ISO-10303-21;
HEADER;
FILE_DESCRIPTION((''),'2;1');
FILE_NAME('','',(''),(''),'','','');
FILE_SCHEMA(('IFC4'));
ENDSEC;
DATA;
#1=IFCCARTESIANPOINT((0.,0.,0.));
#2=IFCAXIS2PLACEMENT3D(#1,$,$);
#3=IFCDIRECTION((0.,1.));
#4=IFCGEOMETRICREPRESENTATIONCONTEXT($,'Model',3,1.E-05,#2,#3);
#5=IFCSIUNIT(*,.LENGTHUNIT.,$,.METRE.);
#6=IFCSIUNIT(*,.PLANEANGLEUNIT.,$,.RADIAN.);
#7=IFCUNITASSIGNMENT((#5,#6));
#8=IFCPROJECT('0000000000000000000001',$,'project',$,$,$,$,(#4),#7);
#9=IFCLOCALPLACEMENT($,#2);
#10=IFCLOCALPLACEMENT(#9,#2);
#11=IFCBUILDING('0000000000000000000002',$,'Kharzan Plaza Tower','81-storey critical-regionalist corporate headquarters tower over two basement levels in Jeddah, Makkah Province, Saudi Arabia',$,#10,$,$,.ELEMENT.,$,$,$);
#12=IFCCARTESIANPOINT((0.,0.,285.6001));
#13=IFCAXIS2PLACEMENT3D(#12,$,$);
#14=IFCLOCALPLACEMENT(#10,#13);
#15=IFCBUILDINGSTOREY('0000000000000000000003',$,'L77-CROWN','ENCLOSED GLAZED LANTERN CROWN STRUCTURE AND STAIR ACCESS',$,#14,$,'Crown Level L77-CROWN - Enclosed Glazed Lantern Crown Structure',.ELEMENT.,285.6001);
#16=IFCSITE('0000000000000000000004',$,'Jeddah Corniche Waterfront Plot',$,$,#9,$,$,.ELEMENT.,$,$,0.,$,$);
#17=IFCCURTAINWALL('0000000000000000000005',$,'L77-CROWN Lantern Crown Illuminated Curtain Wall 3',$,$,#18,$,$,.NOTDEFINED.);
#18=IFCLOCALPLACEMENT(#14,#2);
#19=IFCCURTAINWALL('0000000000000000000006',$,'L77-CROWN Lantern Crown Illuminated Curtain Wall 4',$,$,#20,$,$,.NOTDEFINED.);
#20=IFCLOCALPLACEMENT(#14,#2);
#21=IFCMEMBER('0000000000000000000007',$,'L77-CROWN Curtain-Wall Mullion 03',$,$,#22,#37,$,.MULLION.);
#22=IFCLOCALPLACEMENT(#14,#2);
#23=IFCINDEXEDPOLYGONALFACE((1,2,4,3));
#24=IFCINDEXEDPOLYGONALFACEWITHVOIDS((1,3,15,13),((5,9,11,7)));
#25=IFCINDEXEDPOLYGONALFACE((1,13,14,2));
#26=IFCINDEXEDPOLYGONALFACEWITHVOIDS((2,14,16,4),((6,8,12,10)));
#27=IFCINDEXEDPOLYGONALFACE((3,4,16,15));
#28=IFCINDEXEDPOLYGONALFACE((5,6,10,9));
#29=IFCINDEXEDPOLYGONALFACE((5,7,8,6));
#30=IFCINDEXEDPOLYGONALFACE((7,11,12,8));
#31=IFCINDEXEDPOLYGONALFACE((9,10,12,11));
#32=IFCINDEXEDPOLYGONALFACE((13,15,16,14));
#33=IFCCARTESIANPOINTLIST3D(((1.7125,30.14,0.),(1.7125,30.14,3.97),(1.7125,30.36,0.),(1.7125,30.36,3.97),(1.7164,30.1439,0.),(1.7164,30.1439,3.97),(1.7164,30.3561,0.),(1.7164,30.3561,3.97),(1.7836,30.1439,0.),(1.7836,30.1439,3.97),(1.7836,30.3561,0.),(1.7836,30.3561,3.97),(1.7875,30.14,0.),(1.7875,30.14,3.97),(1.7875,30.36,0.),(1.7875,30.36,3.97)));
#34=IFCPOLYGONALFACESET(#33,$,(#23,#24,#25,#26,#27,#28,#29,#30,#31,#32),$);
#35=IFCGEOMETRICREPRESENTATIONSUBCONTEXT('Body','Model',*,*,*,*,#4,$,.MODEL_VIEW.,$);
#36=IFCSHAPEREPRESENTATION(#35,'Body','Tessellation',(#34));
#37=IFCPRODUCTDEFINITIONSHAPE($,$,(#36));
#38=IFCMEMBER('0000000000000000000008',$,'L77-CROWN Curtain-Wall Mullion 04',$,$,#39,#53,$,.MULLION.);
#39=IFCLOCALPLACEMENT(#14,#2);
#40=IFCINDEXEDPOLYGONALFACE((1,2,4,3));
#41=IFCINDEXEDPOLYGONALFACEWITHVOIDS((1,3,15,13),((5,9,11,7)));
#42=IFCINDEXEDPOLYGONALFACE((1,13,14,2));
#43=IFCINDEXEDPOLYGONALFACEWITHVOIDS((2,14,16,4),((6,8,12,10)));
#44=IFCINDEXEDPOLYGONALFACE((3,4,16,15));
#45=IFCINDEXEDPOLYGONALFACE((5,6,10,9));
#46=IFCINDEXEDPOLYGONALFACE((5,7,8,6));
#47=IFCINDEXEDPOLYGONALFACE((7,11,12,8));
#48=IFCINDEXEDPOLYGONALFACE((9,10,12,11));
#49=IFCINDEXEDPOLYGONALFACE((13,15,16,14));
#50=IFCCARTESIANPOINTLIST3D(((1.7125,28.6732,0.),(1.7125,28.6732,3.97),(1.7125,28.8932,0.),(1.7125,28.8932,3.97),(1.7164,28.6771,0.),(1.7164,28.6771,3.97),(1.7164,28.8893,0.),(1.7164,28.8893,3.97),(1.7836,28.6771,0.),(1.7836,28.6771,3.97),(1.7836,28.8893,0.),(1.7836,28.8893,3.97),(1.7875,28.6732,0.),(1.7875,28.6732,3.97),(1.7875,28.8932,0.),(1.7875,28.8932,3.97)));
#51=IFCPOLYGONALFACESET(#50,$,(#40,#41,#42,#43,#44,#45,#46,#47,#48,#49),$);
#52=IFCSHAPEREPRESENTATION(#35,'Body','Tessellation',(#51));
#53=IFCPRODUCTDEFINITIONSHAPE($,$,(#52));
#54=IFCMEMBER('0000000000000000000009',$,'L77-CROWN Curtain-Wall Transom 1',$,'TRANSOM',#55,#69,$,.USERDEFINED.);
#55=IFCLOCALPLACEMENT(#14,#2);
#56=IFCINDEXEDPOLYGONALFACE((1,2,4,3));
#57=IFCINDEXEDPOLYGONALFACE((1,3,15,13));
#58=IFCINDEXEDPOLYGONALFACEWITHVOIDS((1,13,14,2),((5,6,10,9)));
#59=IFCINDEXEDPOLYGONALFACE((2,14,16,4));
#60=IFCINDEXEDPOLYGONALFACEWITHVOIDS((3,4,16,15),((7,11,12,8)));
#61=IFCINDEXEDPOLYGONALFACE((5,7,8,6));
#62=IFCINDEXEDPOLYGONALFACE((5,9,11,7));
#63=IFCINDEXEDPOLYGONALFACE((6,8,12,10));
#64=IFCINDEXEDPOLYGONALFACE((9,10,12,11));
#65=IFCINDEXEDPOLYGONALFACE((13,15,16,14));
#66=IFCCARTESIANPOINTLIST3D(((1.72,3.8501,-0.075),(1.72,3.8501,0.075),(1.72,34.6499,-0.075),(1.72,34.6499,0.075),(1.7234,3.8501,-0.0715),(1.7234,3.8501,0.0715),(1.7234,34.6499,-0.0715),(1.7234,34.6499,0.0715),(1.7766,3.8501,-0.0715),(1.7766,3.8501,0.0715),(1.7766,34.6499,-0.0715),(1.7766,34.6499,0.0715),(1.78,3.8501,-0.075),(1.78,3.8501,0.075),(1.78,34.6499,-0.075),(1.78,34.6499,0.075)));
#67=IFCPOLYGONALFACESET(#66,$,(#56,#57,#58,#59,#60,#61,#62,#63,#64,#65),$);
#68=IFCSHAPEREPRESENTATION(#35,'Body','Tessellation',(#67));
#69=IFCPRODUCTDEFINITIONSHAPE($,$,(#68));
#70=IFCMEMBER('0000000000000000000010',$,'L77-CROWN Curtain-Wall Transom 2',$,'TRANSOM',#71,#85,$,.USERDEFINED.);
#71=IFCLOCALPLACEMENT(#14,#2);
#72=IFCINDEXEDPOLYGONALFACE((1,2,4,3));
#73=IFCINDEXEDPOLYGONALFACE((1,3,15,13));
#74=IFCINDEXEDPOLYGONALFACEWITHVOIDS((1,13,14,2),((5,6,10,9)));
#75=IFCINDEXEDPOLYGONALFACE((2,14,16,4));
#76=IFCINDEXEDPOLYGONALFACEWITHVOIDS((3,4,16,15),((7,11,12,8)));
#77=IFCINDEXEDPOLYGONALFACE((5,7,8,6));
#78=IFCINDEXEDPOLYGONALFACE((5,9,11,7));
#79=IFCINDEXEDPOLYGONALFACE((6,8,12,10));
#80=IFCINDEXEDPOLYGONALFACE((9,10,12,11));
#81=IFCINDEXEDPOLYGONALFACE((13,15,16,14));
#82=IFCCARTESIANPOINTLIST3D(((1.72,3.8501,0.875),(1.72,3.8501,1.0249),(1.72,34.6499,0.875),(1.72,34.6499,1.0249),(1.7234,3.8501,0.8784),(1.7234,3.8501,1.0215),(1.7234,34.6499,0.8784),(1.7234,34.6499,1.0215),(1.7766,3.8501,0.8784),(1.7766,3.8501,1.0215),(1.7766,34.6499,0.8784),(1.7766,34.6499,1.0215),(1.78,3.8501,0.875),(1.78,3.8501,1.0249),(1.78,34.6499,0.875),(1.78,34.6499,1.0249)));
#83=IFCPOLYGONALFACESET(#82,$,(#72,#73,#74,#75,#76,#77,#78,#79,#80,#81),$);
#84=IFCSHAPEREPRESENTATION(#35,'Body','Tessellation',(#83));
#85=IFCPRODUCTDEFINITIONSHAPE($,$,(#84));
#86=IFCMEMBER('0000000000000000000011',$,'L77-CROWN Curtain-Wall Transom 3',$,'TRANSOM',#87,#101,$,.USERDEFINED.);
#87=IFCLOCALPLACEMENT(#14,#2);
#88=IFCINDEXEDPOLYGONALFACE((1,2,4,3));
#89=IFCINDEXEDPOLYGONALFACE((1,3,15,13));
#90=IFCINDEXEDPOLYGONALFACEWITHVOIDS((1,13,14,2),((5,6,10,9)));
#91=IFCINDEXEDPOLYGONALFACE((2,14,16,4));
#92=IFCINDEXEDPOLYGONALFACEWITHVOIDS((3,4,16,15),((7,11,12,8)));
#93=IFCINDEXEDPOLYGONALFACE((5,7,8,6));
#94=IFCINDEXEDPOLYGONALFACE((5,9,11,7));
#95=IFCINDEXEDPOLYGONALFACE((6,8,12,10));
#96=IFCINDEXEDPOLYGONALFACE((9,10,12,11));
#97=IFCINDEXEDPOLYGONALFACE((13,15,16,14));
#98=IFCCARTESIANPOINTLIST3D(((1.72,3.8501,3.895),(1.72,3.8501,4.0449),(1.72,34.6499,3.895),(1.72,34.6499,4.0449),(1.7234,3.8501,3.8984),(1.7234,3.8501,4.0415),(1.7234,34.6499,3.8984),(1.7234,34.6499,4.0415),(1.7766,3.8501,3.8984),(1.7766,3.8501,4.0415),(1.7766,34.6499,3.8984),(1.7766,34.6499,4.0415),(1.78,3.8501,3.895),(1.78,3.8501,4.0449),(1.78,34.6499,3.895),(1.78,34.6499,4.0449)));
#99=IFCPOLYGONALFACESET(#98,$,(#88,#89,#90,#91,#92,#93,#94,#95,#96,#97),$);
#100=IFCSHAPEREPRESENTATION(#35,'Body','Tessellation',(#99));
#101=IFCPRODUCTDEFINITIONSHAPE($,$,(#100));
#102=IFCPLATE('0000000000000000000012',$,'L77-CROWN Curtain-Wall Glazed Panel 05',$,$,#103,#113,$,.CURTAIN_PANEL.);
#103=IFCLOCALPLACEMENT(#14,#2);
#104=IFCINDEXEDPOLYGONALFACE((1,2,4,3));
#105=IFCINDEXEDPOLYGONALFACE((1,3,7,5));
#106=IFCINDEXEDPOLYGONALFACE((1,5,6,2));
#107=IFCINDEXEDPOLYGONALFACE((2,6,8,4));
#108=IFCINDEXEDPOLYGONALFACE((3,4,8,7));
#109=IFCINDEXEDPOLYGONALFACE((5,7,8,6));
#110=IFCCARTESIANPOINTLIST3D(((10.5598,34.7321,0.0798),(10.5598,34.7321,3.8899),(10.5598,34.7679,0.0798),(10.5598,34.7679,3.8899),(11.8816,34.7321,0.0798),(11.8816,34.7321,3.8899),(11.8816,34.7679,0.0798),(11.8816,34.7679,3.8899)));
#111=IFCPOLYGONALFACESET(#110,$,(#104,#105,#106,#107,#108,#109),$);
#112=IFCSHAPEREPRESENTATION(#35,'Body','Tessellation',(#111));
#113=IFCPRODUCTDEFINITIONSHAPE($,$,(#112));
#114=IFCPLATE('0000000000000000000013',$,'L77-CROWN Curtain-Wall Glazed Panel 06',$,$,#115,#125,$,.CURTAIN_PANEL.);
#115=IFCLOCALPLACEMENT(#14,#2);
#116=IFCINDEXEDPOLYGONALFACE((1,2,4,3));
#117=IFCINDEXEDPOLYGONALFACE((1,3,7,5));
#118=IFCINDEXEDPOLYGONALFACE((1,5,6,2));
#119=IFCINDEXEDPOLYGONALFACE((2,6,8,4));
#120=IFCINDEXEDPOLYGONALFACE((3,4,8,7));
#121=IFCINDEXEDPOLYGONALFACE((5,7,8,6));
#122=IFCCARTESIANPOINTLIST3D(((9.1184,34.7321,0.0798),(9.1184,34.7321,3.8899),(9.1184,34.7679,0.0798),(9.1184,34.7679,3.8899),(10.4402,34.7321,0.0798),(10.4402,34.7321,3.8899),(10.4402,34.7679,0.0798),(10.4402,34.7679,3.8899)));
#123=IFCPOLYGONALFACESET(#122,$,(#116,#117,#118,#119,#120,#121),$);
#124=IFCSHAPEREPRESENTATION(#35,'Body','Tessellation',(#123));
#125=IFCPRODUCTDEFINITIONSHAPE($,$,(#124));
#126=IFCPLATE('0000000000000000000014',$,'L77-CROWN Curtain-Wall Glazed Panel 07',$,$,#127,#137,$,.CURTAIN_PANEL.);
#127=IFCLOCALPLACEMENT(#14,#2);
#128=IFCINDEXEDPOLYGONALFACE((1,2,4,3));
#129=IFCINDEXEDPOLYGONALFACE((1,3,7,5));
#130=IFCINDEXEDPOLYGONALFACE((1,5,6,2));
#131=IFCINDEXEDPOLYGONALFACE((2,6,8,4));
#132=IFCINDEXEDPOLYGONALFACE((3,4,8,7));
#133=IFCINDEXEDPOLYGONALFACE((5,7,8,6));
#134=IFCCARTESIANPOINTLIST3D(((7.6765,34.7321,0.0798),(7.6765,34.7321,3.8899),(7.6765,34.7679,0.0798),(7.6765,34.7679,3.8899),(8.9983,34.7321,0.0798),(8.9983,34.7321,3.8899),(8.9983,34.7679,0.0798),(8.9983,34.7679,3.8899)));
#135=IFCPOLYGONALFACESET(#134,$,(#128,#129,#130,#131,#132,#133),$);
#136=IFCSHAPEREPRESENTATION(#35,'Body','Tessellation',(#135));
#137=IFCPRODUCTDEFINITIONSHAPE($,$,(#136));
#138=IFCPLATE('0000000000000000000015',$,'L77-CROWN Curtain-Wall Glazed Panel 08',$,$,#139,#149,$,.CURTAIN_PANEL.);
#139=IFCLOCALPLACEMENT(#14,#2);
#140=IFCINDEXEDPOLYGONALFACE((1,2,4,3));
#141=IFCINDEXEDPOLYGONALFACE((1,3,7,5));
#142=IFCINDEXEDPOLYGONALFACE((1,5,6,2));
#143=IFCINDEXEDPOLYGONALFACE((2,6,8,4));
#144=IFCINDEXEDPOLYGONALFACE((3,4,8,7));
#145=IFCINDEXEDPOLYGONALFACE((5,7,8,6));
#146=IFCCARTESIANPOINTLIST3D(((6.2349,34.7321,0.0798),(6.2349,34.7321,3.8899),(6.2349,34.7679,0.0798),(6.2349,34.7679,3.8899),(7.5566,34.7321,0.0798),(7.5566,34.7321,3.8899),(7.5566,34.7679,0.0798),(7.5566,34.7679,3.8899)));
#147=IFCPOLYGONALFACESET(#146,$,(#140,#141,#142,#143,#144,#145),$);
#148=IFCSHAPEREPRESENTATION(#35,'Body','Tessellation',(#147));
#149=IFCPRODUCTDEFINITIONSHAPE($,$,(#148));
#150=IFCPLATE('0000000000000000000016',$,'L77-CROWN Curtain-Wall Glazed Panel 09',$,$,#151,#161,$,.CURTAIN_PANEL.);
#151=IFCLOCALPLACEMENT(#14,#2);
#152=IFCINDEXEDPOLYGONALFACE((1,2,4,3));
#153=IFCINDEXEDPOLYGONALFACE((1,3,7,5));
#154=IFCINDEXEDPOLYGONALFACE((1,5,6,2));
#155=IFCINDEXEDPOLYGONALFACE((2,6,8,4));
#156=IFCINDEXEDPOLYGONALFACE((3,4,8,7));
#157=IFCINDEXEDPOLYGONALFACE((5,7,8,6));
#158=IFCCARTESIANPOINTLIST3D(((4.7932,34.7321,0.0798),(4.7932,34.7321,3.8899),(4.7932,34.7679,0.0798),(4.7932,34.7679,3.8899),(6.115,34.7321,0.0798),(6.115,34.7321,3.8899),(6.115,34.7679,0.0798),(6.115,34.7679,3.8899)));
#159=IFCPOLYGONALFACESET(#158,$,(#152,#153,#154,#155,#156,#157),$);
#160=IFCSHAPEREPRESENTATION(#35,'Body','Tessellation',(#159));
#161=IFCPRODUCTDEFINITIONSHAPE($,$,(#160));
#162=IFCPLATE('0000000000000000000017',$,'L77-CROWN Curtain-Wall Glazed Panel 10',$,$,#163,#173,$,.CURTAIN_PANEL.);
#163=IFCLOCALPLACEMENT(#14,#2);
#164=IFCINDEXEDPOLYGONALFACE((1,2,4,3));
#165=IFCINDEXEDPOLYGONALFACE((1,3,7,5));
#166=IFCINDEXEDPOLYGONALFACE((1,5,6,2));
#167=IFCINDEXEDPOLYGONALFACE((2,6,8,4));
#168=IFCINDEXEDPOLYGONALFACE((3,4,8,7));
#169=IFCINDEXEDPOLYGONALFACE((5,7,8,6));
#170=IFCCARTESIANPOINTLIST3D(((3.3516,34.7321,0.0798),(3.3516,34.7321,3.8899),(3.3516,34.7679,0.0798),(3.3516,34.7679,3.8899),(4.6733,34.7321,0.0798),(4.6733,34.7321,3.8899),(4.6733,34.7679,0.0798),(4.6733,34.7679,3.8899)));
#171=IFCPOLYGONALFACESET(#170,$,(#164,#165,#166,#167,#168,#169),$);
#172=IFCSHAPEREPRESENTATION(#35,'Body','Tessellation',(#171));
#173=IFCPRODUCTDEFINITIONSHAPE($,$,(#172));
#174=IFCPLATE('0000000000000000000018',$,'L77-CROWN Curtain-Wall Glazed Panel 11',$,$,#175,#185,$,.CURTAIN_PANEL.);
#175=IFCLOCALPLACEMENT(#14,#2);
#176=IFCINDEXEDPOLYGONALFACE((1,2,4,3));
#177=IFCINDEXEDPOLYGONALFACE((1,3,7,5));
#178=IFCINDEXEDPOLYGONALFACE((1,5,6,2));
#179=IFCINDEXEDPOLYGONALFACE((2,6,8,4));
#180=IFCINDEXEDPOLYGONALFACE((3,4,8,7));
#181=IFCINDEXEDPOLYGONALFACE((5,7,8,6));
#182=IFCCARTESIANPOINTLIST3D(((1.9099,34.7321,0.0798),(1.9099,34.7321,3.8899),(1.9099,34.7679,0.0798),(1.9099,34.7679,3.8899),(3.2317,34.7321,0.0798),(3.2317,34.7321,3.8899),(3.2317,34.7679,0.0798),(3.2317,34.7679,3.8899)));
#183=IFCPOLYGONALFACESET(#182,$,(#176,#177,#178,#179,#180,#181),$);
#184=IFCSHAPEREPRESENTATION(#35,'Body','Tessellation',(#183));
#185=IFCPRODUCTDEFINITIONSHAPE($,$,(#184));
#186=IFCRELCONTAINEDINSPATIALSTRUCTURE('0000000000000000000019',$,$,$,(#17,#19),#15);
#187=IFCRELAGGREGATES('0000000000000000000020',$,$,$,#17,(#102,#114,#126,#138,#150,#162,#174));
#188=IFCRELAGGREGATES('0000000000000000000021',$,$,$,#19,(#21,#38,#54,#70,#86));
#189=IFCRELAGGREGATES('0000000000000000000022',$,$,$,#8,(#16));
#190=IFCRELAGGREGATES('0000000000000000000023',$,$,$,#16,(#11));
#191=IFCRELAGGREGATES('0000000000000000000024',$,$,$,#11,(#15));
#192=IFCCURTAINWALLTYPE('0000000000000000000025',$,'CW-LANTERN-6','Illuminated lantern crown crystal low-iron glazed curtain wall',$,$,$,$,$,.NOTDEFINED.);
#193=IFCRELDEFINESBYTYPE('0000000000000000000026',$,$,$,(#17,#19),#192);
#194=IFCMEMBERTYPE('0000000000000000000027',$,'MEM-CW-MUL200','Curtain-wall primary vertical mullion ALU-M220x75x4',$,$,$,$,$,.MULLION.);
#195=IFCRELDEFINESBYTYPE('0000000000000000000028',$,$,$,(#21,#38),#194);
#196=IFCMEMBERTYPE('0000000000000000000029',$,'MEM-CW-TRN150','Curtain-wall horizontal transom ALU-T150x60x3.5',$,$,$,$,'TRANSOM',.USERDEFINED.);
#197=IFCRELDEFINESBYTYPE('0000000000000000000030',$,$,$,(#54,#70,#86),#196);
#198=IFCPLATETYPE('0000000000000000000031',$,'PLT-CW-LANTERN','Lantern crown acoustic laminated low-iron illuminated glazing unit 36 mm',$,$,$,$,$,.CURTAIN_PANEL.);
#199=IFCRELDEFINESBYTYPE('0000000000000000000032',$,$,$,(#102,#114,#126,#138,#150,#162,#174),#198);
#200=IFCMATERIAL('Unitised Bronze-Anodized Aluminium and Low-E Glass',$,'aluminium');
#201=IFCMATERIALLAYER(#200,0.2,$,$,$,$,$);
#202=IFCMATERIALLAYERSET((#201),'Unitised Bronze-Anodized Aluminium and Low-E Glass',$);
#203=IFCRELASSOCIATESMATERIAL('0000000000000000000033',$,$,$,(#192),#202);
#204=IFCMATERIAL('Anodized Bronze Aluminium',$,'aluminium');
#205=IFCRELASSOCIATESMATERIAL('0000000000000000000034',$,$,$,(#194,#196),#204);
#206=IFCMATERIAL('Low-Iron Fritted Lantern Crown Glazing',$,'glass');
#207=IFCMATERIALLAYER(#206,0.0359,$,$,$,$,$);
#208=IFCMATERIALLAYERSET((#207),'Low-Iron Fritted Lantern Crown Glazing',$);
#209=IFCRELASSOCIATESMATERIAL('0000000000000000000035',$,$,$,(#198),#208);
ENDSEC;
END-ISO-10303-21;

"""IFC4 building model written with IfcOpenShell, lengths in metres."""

from ifc_helpers import new_model, si_unit, direction, frame, origin, origin_2d, place, context, subcontext, project, spatial, rectangle, hollow_rectangle, extrude, source, transform, mapped, material, layer, layer_set, material_profile, profile_set, type_object, element, aggregate, save


model = new_model("IFC4")

# Units and contexts
model_context = context("Model", 3, precision=1e-05, world=origin(), true_north=direction((0.0, 1.0)))
body_context = subcontext(model_context, "Body", "Model", "MODEL_VIEW")
ifc_project = project(units=[si_unit("LENGTHUNIT", "METRE"), si_unit("PLANEANGLEUNIT", "RADIAN")], contexts=[model_context])

# Site, building, storey
site_placement = place(None, origin())
site = spatial("IfcSite", under=ifc_project, at=site_placement, Name="Jeddah Corniche Waterfront Plot", CompositionType="ELEMENT", RefElevation=0.0)
building_placement = place(site_placement, origin())
building = spatial("IfcBuilding", under=site, at=building_placement, Name="Kharzan Plaza Tower", Description="81-storey critical-regionalist corporate headquarters tower over two basement levels in Jeddah, Makkah Province, Saudi Arabia", CompositionType="ELEMENT")
storey_placement = place(building_placement, frame((0.0, 0.0, 285.6001)))
storey = spatial("IfcBuildingStorey", under=building, at=storey_placement, Name="L77-CROWN", Description="ENCLOSED GLAZED LANTERN CROWN STRUCTURE AND STAIR ACCESS", LongName="Crown Level L77-CROWN - Enclosed Glazed Lantern Crown Structure", CompositionType="ELEMENT", Elevation=285.6001)

# Curtain walls, members
ifc_material_1 = material(Name="Unitised Bronze-Anodized Aluminium and Low-E Glass", Category="aluminium")
ifc_layer_1 = layer(ifc_material_1, 0.2)
ifc_layer_set_1 = layer_set([ifc_layer_1], Name="Unitised Bronze-Anodized Aluminium and Low-E Glass")
curtain_wall_type = type_object("IfcCurtainWallType", Name="CW-LANTERN-6", Description="Illuminated lantern crown crystal low-iron glazed curtain wall", PredefinedType="NOTDEFINED", material=ifc_layer_set_1)
curtain_wall_1_placement = place(storey_placement, origin())
curtain_wall_1 = element("IfcCurtainWall", 1, at=curtain_wall_1_placement, inside=storey, type_object=curtain_wall_type, Name="L77-CROWN Lantern Crown Illuminated Curtain Wall 3", PredefinedType="NOTDEFINED")
ifc_material_2 = material(Name="Anodized Bronze Aluminium", Category="aluminium")
ifc_material_profile_1 = material_profile(ifc_material_2, hollow_rectangle(XDim=0.075, YDim=0.22, WallThickness=0.0039, at=origin_2d()), Name="ALU-M220x75x4")
ifc_profile_set_1 = profile_set([ifc_material_profile_1], Name="Anodized Bronze Aluminium")
member_type_1 = type_object("IfcMemberType", Name="MEM-CW-MUL200", Description="Curtain-wall primary vertical mullion ALU-M220x75x4", PredefinedType="MULLION", material=ifc_profile_set_1)
shared_shape_1 = source(origin(), body_context, "Body", "SweptSolid", [
    extrude(hollow_rectangle(XDim=0.075, YDim=0.22, WallThickness=0.0039, at=origin_2d()), origin(), (0.0, 0.0, 1.0), 3.97),
])
curtain_wall_2_placement = place(storey_placement, origin())
curtain_wall_2 = element("IfcCurtainWall", 2, at=curtain_wall_2_placement, inside=storey, type_object=curtain_wall_type, Name="L77-CROWN Lantern Crown Illuminated Curtain Wall 4", PredefinedType="NOTDEFINED")
member_1_placement = place(storey_placement, frame((1.75, 30.25, 0.0), z_axis=(0.0, 0.0, 1.0), x_axis=(1.0, 0.0, 0.0)))
member_1 = element("IfcMember", 3, at=member_1_placement, type_object=member_type_1, Name="L77-CROWN Curtain-Wall Mullion 03", PredefinedType="MULLION", context=body_context, shape_type="MappedRepresentation", body=[
    mapped(shared_shape_1, transform((0.0, 0.0, 0.0), x_axis=(1.0, 0.0, 0.0), y_axis=(0.0, 1.0, 0.0), z_axis=(0.0, 0.0, 1.0))),
])
member_2_placement = place(storey_placement, frame((1.75, 28.7832, 0.0), z_axis=(0.0, 0.0, 1.0), x_axis=(1.0, 0.0, 0.0)))
member_2 = element("IfcMember", 4, at=member_2_placement, type_object=member_type_1, Name="L77-CROWN Curtain-Wall Mullion 04", PredefinedType="MULLION", context=body_context, shape_type="MappedRepresentation", body=[
    mapped(shared_shape_1, transform((0.0, 0.0, 0.0), x_axis=(1.0, 0.0, 0.0), y_axis=(0.0, 1.0, 0.0), z_axis=(0.0, 0.0, 1.0))),
])
ifc_material_profile_2 = material_profile(ifc_material_2, hollow_rectangle(XDim=0.0601, YDim=0.1499, WallThickness=0.0034, at=origin_2d()), Name="ALU-T150x60x3.5")
ifc_profile_set_2 = profile_set([ifc_material_profile_2], Name="Anodized Bronze Aluminium")
member_type_2 = type_object("IfcMemberType", Name="MEM-CW-TRN150", Description="Curtain-wall horizontal transom ALU-T150x60x3.5", ElementType="TRANSOM", PredefinedType="USERDEFINED", material=ifc_profile_set_2)
shared_shape_2 = source(origin(), body_context, "Body", "SweptSolid", [
    extrude(hollow_rectangle(XDim=0.0601, YDim=0.1499, WallThickness=0.0034, at=origin_2d()), origin(), (0.0, 0.0, 1.0), 30.7998),
])
member_3_placement = place(storey_placement, frame((1.75, 34.6499, 0.0), z_axis=(0.0, -1.0, 0.0), x_axis=(1.0, 0.0, 0.0)))
member_3 = element("IfcMember", 5, at=member_3_placement, type_object=member_type_2, Name="L77-CROWN Curtain-Wall Transom 1", ObjectType="TRANSOM", PredefinedType="USERDEFINED", context=body_context, shape_type="MappedRepresentation", body=[
    mapped(shared_shape_2, transform((0.0, 0.0, 0.0), x_axis=(1.0, 0.0, 0.0), y_axis=(0.0, 1.0, 0.0), z_axis=(0.0, 0.0, 1.0))),
])
member_4_placement = place(storey_placement, frame((1.75, 34.6499, 0.95), z_axis=(0.0, -1.0, 0.0), x_axis=(1.0, 0.0, 0.0)))
member_4 = element("IfcMember", 6, at=member_4_placement, type_object=member_type_2, Name="L77-CROWN Curtain-Wall Transom 2", ObjectType="TRANSOM", PredefinedType="USERDEFINED", context=body_context, shape_type="MappedRepresentation", body=[
    mapped(shared_shape_2, transform((0.0, 0.0, 0.0), x_axis=(1.0, 0.0, 0.0), y_axis=(0.0, 1.0, 0.0), z_axis=(0.0, 0.0, 1.0))),
])
member_5_placement = place(storey_placement, frame((1.75, 34.6499, 3.97), z_axis=(0.0, -1.0, 0.0), x_axis=(1.0, 0.0, 0.0)))
member_5 = element("IfcMember", 7, at=member_5_placement, type_object=member_type_2, Name="L77-CROWN Curtain-Wall Transom 3", ObjectType="TRANSOM", PredefinedType="USERDEFINED", context=body_context, shape_type="MappedRepresentation", body=[
    mapped(shared_shape_2, transform((0.0, 0.0, 0.0), x_axis=(1.0, 0.0, 0.0), y_axis=(0.0, 1.0, 0.0), z_axis=(0.0, 0.0, 1.0))),
])

# Plates
ifc_material_3 = material(Name="Low-Iron Fritted Lantern Crown Glazing", Category="glass")
ifc_layer_2 = layer(ifc_material_3, 0.0359)
ifc_layer_set_2 = layer_set([ifc_layer_2], Name="Low-Iron Fritted Lantern Crown Glazing")
plate_type = type_object("IfcPlateType", Name="PLT-CW-LANTERN", Description="Lantern crown acoustic laminated low-iron illuminated glazing unit 36 mm", PredefinedType="CURTAIN_PANEL", material=ifc_layer_set_2)
shared_shape_3 = source(origin(), body_context, "Body", "SweptSolid", [
    extrude(rectangle(XDim=1.3218, YDim=0.0359, at=origin_2d()), origin(), (0.0, 0.0, 1.0), 3.8101),
])
plate_1_placement = place(storey_placement, frame((11.2207, 34.75, 0.0798), z_axis=(0.0, 0.0, 1.0), x_axis=(-1.0, 0.0, 0.0)))
plate_1 = element("IfcPlate", 8, at=plate_1_placement, type_object=plate_type, Name="L77-CROWN Curtain-Wall Glazed Panel 05", PredefinedType="CURTAIN_PANEL", context=body_context, shape_type="MappedRepresentation", body=[
    mapped(shared_shape_3, transform((0.0, 0.0, 0.0), x_axis=(1.0, 0.0, 0.0), y_axis=(0.0, 1.0, 0.0), z_axis=(0.0, 0.0, 1.0))),
])
plate_2_placement = place(storey_placement, frame((9.7793, 34.75, 0.0798), z_axis=(0.0, 0.0, 1.0), x_axis=(-1.0, 0.0, 0.0)))
plate_2 = element("IfcPlate", 9, at=plate_2_placement, type_object=plate_type, Name="L77-CROWN Curtain-Wall Glazed Panel 06", PredefinedType="CURTAIN_PANEL", context=body_context, shape_type="MappedRepresentation", body=[
    mapped(shared_shape_3, transform((0.0, 0.0, 0.0), x_axis=(1.0, 0.0, 0.0), y_axis=(0.0, 1.0, 0.0), z_axis=(0.0, 0.0, 1.0))),
])
plate_3_placement = place(storey_placement, frame((8.3374, 34.75, 0.0798), z_axis=(0.0, 0.0, 1.0), x_axis=(-1.0, 0.0, 0.0)))
plate_3 = element("IfcPlate", 10, at=plate_3_placement, type_object=plate_type, Name="L77-CROWN Curtain-Wall Glazed Panel 07", PredefinedType="CURTAIN_PANEL", context=body_context, shape_type="MappedRepresentation", body=[
    mapped(shared_shape_3, transform((0.0, 0.0, 0.0), x_axis=(1.0, 0.0, 0.0), y_axis=(0.0, 1.0, 0.0), z_axis=(0.0, 0.0, 1.0))),
])
plate_4_placement = place(storey_placement, frame((6.8958, 34.75, 0.0798), z_axis=(0.0, 0.0, 1.0), x_axis=(-1.0, 0.0, 0.0)))
plate_4 = element("IfcPlate", 11, at=plate_4_placement, type_object=plate_type, Name="L77-CROWN Curtain-Wall Glazed Panel 08", PredefinedType="CURTAIN_PANEL", context=body_context, shape_type="MappedRepresentation", body=[
    mapped(shared_shape_3, transform((0.0, 0.0, 0.0), x_axis=(1.0, 0.0, 0.0), y_axis=(0.0, 1.0, 0.0), z_axis=(0.0, 0.0, 1.0))),
])
plate_5_placement = place(storey_placement, frame((5.4541, 34.75, 0.0798), z_axis=(0.0, 0.0, 1.0), x_axis=(-1.0, 0.0, 0.0)))
plate_5 = element("IfcPlate", 12, at=plate_5_placement, type_object=plate_type, Name="L77-CROWN Curtain-Wall Glazed Panel 09", PredefinedType="CURTAIN_PANEL", context=body_context, shape_type="MappedRepresentation", body=[
    mapped(shared_shape_3, transform((0.0, 0.0, 0.0), x_axis=(1.0, 0.0, 0.0), y_axis=(0.0, 1.0, 0.0), z_axis=(0.0, 0.0, 1.0))),
])
plate_6_placement = place(storey_placement, frame((4.0125, 34.75, 0.0798), z_axis=(0.0, 0.0, 1.0), x_axis=(-1.0, 0.0, 0.0)))
plate_6 = element("IfcPlate", 13, at=plate_6_placement, type_object=plate_type, Name="L77-CROWN Curtain-Wall Glazed Panel 10", PredefinedType="CURTAIN_PANEL", context=body_context, shape_type="MappedRepresentation", body=[
    mapped(shared_shape_3, transform((0.0, 0.0, 0.0), x_axis=(1.0, 0.0, 0.0), y_axis=(0.0, 1.0, 0.0), z_axis=(0.0, 0.0, 1.0))),
])
plate_7_placement = place(storey_placement, frame((2.5708, 34.75, 0.0798), z_axis=(0.0, 0.0, 1.0), x_axis=(-1.0, 0.0, 0.0)))
plate_7 = element("IfcPlate", 14, at=plate_7_placement, type_object=plate_type, Name="L77-CROWN Curtain-Wall Glazed Panel 11", PredefinedType="CURTAIN_PANEL", context=body_context, shape_type="MappedRepresentation", body=[
    mapped(shared_shape_3, transform((0.0, 0.0, 0.0), x_axis=(1.0, 0.0, 0.0), y_axis=(0.0, 1.0, 0.0), z_axis=(0.0, 0.0, 1.0))),
])
aggregate(curtain_wall_1, [plate_1, plate_2, plate_3, plate_4, plate_5, plate_6, plate_7])
aggregate(curtain_wall_2, [member_1, member_2, member_3, member_4, member_5])

save(model, "model.ifc")
